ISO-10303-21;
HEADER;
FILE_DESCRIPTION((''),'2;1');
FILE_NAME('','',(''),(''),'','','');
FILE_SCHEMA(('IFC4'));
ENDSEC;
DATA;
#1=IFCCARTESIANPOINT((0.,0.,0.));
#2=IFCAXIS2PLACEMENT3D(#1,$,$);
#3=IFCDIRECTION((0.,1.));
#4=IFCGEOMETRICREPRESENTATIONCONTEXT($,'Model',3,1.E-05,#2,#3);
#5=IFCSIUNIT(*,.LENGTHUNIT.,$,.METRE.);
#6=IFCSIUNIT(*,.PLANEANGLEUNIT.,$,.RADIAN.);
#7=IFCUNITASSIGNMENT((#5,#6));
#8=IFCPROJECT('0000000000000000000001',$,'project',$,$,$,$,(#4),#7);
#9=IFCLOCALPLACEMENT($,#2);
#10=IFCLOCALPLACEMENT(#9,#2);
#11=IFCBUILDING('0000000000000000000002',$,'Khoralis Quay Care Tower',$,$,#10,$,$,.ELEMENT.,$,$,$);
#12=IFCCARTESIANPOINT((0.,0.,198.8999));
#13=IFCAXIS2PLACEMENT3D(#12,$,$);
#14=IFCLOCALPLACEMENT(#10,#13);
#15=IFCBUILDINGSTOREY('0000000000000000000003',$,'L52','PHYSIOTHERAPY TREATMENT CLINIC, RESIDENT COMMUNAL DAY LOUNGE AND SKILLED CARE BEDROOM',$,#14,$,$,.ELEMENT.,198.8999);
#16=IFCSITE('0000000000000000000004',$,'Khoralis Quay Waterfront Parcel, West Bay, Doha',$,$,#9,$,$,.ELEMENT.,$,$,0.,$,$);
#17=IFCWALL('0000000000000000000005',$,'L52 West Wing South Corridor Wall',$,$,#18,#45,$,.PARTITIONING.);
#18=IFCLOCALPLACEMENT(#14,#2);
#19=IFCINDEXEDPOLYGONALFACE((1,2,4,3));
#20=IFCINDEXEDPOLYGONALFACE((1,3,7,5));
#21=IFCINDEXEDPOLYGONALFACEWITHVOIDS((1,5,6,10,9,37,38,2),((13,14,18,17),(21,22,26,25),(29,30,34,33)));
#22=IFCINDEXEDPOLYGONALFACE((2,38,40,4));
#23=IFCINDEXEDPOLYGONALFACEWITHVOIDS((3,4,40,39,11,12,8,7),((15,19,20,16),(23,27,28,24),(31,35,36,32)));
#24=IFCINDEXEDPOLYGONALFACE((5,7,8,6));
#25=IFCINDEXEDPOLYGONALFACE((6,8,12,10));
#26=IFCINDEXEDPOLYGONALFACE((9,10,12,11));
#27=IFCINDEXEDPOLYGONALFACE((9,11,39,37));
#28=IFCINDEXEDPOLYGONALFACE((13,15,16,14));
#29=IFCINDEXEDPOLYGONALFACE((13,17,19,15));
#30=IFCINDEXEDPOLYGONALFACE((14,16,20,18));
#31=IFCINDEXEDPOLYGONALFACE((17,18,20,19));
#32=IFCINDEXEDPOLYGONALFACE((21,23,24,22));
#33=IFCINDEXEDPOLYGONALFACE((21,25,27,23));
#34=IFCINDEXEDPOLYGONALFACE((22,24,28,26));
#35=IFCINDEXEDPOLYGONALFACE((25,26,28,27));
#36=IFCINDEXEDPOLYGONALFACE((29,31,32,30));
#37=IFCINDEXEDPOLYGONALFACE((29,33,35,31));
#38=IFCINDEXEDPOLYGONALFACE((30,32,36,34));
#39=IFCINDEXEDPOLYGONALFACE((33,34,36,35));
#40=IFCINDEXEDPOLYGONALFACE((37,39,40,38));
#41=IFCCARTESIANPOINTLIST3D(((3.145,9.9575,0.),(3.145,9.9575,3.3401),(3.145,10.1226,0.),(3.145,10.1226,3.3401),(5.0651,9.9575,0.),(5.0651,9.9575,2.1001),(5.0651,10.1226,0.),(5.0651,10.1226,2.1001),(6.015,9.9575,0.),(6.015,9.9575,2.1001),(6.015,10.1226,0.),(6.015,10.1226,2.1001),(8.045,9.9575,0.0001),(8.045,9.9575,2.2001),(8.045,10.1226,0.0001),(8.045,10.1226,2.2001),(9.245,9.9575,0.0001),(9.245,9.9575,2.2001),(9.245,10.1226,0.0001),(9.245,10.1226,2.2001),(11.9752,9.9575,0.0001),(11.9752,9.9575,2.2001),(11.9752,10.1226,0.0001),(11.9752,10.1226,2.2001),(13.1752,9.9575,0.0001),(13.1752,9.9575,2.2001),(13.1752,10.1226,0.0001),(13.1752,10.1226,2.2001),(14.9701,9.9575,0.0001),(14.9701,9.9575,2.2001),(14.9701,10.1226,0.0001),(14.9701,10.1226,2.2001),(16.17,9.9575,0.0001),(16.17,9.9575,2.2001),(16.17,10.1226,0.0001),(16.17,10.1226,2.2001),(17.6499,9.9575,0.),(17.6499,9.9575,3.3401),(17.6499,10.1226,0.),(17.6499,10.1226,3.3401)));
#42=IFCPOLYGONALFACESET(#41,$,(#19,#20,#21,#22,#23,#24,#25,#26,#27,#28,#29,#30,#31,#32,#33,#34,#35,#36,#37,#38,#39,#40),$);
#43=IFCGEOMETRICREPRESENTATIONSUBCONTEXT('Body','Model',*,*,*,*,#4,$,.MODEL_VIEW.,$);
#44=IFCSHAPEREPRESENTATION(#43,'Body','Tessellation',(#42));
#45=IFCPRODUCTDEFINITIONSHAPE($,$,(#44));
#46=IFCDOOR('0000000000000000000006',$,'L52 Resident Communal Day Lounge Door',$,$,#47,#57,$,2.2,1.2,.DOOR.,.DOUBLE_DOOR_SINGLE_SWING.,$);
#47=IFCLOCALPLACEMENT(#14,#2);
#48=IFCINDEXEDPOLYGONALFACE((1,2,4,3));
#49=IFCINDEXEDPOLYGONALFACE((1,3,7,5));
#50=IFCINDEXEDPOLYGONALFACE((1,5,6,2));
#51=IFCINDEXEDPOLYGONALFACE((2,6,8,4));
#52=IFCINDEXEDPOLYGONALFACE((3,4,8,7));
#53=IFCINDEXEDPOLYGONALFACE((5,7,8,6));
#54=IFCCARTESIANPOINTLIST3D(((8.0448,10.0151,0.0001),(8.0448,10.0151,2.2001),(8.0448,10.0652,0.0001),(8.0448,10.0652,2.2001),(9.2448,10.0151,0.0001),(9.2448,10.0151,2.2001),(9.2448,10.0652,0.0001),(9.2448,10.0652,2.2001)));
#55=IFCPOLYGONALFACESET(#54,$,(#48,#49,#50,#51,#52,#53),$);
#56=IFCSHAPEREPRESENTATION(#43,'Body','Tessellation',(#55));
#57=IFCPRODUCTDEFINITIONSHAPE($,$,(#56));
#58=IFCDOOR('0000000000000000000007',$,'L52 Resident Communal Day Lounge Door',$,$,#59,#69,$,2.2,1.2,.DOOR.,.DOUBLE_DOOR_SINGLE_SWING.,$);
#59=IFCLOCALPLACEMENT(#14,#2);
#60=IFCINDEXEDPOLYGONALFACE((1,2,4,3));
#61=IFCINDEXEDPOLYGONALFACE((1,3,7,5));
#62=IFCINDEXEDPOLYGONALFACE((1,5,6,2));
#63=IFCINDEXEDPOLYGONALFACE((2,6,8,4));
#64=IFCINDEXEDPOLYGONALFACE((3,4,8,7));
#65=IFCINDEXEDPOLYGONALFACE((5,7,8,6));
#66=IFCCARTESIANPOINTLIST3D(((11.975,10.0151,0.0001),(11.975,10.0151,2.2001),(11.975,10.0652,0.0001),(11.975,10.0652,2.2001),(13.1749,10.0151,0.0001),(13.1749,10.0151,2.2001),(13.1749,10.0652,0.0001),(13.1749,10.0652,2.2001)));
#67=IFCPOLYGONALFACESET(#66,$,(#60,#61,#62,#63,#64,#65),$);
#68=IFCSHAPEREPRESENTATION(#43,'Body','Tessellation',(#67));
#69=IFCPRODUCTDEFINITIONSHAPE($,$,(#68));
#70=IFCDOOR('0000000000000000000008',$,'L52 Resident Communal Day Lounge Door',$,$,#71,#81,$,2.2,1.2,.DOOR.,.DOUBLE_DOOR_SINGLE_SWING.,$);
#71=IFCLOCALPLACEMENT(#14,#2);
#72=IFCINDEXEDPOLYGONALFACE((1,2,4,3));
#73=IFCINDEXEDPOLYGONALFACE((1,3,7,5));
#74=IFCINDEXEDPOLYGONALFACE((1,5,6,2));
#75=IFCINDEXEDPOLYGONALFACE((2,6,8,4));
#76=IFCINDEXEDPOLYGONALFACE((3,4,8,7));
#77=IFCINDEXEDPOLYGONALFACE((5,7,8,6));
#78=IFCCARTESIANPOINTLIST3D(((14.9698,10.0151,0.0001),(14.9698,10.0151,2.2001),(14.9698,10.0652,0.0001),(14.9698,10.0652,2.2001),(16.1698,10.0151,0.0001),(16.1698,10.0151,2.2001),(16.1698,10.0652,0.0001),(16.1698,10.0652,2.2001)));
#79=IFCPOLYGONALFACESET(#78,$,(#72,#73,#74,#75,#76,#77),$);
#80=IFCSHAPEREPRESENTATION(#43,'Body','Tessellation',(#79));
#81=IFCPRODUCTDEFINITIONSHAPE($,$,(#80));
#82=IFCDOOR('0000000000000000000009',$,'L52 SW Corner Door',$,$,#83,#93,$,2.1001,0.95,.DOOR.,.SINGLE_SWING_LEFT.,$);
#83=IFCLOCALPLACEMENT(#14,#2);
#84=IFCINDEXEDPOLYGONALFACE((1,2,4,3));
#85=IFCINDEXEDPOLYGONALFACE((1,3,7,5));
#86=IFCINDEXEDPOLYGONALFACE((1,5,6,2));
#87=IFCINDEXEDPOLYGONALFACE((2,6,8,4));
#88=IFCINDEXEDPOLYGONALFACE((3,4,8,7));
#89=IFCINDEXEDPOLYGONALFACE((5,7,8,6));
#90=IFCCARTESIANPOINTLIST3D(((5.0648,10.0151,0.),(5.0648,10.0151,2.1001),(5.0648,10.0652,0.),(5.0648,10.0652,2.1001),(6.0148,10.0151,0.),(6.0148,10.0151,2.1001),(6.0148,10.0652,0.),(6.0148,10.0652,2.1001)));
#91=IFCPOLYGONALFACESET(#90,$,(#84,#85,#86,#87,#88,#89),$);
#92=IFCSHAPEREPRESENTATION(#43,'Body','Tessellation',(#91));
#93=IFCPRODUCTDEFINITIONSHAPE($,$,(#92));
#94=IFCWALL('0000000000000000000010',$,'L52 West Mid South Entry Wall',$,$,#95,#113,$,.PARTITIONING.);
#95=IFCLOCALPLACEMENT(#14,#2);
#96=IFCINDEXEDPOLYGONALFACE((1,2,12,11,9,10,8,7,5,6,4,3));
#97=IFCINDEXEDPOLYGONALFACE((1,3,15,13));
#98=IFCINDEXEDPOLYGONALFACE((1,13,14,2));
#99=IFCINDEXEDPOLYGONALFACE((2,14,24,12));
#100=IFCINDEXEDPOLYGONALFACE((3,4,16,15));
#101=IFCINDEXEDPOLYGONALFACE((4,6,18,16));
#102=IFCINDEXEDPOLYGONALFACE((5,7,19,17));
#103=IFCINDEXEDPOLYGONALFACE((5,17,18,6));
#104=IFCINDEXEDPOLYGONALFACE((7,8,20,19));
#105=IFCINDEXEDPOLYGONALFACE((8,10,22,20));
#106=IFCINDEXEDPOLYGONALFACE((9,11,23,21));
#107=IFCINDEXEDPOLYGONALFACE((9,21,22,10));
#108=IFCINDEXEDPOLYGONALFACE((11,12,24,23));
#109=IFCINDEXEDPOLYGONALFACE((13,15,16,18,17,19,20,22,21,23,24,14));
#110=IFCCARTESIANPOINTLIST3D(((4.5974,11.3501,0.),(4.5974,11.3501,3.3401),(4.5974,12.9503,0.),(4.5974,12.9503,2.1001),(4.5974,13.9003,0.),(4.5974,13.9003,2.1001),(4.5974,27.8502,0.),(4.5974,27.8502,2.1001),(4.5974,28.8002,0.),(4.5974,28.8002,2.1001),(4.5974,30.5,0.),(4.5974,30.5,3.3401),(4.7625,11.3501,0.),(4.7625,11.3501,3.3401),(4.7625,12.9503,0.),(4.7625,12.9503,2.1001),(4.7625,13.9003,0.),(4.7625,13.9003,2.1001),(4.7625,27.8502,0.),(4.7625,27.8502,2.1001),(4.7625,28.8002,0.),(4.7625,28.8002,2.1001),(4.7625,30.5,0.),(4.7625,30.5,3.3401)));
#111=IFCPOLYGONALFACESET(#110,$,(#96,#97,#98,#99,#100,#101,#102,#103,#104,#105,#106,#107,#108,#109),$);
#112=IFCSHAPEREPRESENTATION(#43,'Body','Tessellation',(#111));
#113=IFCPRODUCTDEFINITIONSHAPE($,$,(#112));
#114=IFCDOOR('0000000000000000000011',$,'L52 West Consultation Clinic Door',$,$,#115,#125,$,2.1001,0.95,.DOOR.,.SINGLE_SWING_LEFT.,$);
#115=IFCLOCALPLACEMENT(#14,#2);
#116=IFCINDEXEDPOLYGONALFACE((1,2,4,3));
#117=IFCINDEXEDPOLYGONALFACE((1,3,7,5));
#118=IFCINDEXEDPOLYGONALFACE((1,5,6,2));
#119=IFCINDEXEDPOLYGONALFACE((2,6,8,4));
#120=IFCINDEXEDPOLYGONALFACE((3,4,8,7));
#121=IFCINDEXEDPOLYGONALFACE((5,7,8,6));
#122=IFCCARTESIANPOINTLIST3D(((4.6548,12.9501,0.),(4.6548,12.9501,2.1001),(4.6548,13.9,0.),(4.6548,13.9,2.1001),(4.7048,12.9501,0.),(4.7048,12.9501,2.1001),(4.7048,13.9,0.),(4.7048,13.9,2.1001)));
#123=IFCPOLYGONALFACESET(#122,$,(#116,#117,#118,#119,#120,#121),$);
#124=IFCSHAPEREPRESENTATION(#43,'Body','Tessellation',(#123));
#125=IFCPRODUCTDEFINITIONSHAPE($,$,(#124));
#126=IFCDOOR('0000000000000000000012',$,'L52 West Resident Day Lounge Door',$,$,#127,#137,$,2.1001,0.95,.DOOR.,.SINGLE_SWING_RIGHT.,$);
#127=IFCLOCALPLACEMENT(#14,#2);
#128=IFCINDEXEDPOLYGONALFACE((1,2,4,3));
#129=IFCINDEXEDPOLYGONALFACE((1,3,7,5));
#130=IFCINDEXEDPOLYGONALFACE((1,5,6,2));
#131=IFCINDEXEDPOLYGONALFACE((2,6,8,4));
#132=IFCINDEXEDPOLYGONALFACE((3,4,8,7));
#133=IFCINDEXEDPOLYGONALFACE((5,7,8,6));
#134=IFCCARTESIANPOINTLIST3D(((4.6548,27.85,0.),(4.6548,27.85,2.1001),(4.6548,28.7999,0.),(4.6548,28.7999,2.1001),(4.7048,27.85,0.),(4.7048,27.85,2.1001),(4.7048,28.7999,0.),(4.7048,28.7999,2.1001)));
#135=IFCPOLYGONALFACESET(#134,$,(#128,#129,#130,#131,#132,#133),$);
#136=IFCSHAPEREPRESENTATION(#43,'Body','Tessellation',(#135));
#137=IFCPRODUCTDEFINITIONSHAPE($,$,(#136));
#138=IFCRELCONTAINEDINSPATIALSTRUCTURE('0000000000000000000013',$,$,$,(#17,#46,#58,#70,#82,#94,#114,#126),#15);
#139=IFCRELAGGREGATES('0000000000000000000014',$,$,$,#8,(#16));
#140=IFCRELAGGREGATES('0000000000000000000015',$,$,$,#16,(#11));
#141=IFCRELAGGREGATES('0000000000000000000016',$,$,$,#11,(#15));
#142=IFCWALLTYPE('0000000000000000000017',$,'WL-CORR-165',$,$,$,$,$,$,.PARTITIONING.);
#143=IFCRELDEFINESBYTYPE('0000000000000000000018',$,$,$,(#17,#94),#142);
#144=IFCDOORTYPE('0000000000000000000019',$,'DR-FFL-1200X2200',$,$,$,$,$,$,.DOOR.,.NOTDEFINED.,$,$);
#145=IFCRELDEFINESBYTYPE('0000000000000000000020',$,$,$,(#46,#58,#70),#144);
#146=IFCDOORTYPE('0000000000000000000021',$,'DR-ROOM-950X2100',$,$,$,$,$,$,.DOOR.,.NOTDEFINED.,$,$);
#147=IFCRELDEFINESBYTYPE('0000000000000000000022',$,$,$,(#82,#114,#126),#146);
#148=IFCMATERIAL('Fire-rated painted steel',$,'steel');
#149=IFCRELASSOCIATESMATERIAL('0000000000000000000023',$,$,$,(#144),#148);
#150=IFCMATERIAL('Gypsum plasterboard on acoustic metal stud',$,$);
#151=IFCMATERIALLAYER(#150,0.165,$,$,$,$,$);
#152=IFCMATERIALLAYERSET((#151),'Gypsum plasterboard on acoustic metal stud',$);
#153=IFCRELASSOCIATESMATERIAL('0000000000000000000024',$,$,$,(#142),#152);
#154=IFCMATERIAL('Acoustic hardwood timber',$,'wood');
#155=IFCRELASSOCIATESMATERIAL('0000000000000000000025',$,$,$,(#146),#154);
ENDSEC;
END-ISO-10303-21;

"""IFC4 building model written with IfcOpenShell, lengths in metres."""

from ifc_helpers import new_model, si_unit, direction, frame, frame_2d, origin, place, context, subcontext, project, spatial, rectangle, extrude, source, transform, mapped, material, layer, layer_set, type_object, element, fill, save


model = new_model("IFC4")

# Units and contexts
model_context = context("Model", 3, precision=1e-05, world=origin(), true_north=direction((0.0, 1.0)))
body_context = subcontext(model_context, "Body", "Model", "MODEL_VIEW")
ifc_project = project(units=[si_unit("LENGTHUNIT", "METRE"), si_unit("PLANEANGLEUNIT", "RADIAN")], contexts=[model_context])

# Site, building, storey
site_placement = place(None, origin())
site = spatial("IfcSite", under=ifc_project, at=site_placement, Name="Khoralis Quay Waterfront Parcel, West Bay, Doha", CompositionType="ELEMENT", RefElevation=0.0)
building_placement = place(site_placement, origin())
building = spatial("IfcBuilding", under=site, at=building_placement, Name="Khoralis Quay Care Tower", CompositionType="ELEMENT")
storey_placement = place(building_placement, frame((0.0, 0.0, 198.8999)))
storey = spatial("IfcBuildingStorey", under=building, at=storey_placement, Name="L52", Description="PHYSIOTHERAPY TREATMENT CLINIC, RESIDENT COMMUNAL DAY LOUNGE AND SKILLED CARE BEDROOM", CompositionType="ELEMENT", Elevation=198.8999)

# Shared definitions
ifc_material_1 = material(Name="Gypsum plasterboard on acoustic metal stud")
ifc_material_2 = material(Name="Fire-rated painted steel", Category="steel")
door_type_1 = type_object("IfcDoorType", Name="DR-FFL-1200X2200", OperationType="NOTDEFINED", PredefinedType="DOOR", material=ifc_material_2)
shared_shape_1 = source(origin(), body_context, "Body", "SweptSolid", [
    extrude(rectangle(XDim=1.2, YDim=2.2, at=frame_2d((0.6001, 1.1001))), frame((0.0, 0.0249, 0.0), z_axis=(0.0, -1.0, 0.0), x_axis=(1.0, 0.0, 0.0)), (0.0, 0.0, 1.0), 0.05),
])

# Walls, openings, doors
ifc_layer_1 = layer(ifc_material_1, 0.165)
ifc_layer_set_1 = layer_set([ifc_layer_1], Name="Gypsum plasterboard on acoustic metal stud")
wall_type_1 = type_object("IfcWallType", Name="WL-CORR-165", PredefinedType="PARTITIONING", material=ifc_layer_set_1)
wall_1_placement = place(storey_placement, frame((3.145, 10.04, 0.0), z_axis=(0.0, 0.0, 1.0), x_axis=(1.0, 0.0, 0.0)))
wall_1 = element("IfcWall", 1, at=wall_1_placement, inside=storey, type_object=wall_type_1, Name="L52 West Wing South Corridor Wall", PredefinedType="PARTITIONING", context=body_context, shape_type="SweptSolid", body=[
    extrude(rectangle(XDim=14.5049, YDim=0.165, at=frame_2d((7.2524, 0.0))), origin(), (0.0, 0.0, 1.0), 3.3401),
])
opening_1_placement = place(wall_1_placement, frame((4.8999, 0.0, 0.0)))
opening_1 = element("IfcOpeningElement", 2, at=opening_1_placement, cuts=wall_1, PredefinedType="OPENING", context=body_context, shape_type="SweptSolid", body=[
    extrude(rectangle(XDim=1.2, YDim=2.2, at=frame_2d((0.6001, 1.1001))), frame((0.0, 0.0925, 0.0), z_axis=(0.0, -1.0, 0.0), x_axis=(1.0, 0.0, 0.0)), (0.0, 0.0, 1.0), 0.1851),
])
opening_2_placement = place(wall_1_placement, frame((8.8301, 0.0, 0.0)))
opening_2 = element("IfcOpeningElement", 3, at=opening_2_placement, cuts=wall_1, PredefinedType="OPENING", context=body_context, shape_type="SweptSolid", body=[
    extrude(rectangle(XDim=1.2, YDim=2.2, at=frame_2d((0.6001, 1.1001))), frame((0.0, 0.0925, 0.0), z_axis=(0.0, -1.0, 0.0), x_axis=(1.0, 0.0, 0.0)), (0.0, 0.0, 1.0), 0.1851),
])
opening_3_placement = place(wall_1_placement, frame((11.825, 0.0, 0.0)))
opening_3 = element("IfcOpeningElement", 4, at=opening_3_placement, cuts=wall_1, PredefinedType="OPENING", context=body_context, shape_type="SweptSolid", body=[
    extrude(rectangle(XDim=1.2, YDim=2.2, at=frame_2d((0.6001, 1.1001))), frame((0.0, 0.0925, 0.0), z_axis=(0.0, -1.0, 0.0), x_axis=(1.0, 0.0, 0.0)), (0.0, 0.0, 1.0), 0.1851),
])
opening_4_placement = place(wall_1_placement, frame((1.9199, 0.0, 0.0)))
opening_4 = element("IfcOpeningElement", 5, at=opening_4_placement, cuts=wall_1, PredefinedType="OPENING", context=body_context, shape_type="SweptSolid", body=[
    extrude(rectangle(XDim=0.95, YDim=2.1001, at=frame_2d((0.4751, 1.05))), frame((0.0, 0.0925, 0.0), z_axis=(0.0, -1.0, 0.0), x_axis=(1.0, 0.0, 0.0)), (0.0, 0.0, 1.0), 0.1851),
])
door_1_placement = place(opening_1_placement, frame((1.2, 0.0, 0.0), z_axis=(0.0, 0.0, 1.0), x_axis=(-1.0, 0.0, 0.0)))
door_1 = element("IfcDoor", 6, at=door_1_placement, inside=storey, type_object=door_type_1, Name="L52 Resident Communal Day Lounge Door", OperationType="DOUBLE_DOOR_SINGLE_SWING", OverallHeight=2.2, OverallWidth=1.2, PredefinedType="DOOR", context=body_context, shape_type="MappedRepresentation", body=[
    mapped(shared_shape_1, transform((0.0, 0.0, 0.0), scale=1.0)),
])
fill(opening_1, door_1)
door_2_placement = place(opening_2_placement, frame((1.2, 0.0, 0.0), z_axis=(0.0, 0.0, 1.0), x_axis=(-1.0, 0.0, 0.0)))
door_2 = element("IfcDoor", 7, at=door_2_placement, inside=storey, type_object=door_type_1, Name="L52 Resident Communal Day Lounge Door", OperationType="DOUBLE_DOOR_SINGLE_SWING", OverallHeight=2.2, OverallWidth=1.2, PredefinedType="DOOR", context=body_context, shape_type="MappedRepresentation", body=[
    mapped(shared_shape_1, transform((0.0, 0.0, 0.0), scale=1.0)),
])
fill(opening_2, door_2)
door_3_placement = place(opening_3_placement, frame((1.2, 0.0, 0.0), z_axis=(0.0, 0.0, 1.0), x_axis=(-1.0, 0.0, 0.0)))
door_3 = element("IfcDoor", 8, at=door_3_placement, inside=storey, type_object=door_type_1, Name="L52 Resident Communal Day Lounge Door", OperationType="DOUBLE_DOOR_SINGLE_SWING", OverallHeight=2.2, OverallWidth=1.2, PredefinedType="DOOR", context=body_context, shape_type="MappedRepresentation", body=[
    mapped(shared_shape_1, transform((0.0, 0.0, 0.0), scale=1.0)),
])
fill(opening_3, door_3)
ifc_material_3 = material(Name="Acoustic hardwood timber", Category="wood")
door_type_2 = type_object("IfcDoorType", Name="DR-ROOM-950X2100", OperationType="NOTDEFINED", PredefinedType="DOOR", material=ifc_material_3)
shared_shape_2 = source(origin(), body_context, "Body", "SweptSolid", [
    extrude(rectangle(XDim=0.95, YDim=2.1001, at=frame_2d((0.4751, 1.05))), frame((0.0, 0.0249, 0.0), z_axis=(0.0, -1.0, 0.0), x_axis=(1.0, 0.0, 0.0)), (0.0, 0.0, 1.0), 0.05),
])
door_4_placement = place(opening_4_placement, frame((0.95, 0.0, 0.0), z_axis=(0.0, 0.0, 1.0), x_axis=(-1.0, 0.0, 0.0)))
door_4 = element("IfcDoor", 9, at=door_4_placement, inside=storey, type_object=door_type_2, Name="L52 SW Corner Door", OperationType="SINGLE_SWING_LEFT", OverallHeight=2.1001, OverallWidth=0.95, PredefinedType="DOOR", context=body_context, shape_type="MappedRepresentation", body=[
    mapped(shared_shape_2, transform((0.0, 0.0, 0.0), scale=1.0)),
])
fill(opening_4, door_4)
wall_2_placement = place(storey_placement, frame((4.6799, 11.3501, 0.0), z_axis=(0.0, 0.0, 1.0), x_axis=(0.0, 1.0, 0.0)))
wall_2 = element("IfcWall", 10, at=wall_2_placement, inside=storey, type_object=wall_type_1, Name="L52 West Mid South Entry Wall", PredefinedType="PARTITIONING", context=body_context, shape_type="SweptSolid", body=[
    extrude(rectangle(XDim=19.1499, YDim=0.165, at=frame_2d((9.575, 0.0))), origin(), (0.0, 0.0, 1.0), 3.3401),
])
opening_5_placement = place(wall_2_placement, frame((1.6001, 0.0, 0.0)))
opening_5 = element("IfcOpeningElement", 11, at=opening_5_placement, cuts=wall_2, PredefinedType="OPENING", context=body_context, shape_type="SweptSolid", body=[
    extrude(rectangle(XDim=0.95, YDim=2.1001, at=frame_2d((0.4751, 1.05))), frame((0.0, 0.0925, 0.0), z_axis=(0.0, -1.0, 0.0), x_axis=(1.0, 0.0, 0.0)), (0.0, 0.0, 1.0), 0.1851),
])
opening_6_placement = place(wall_2_placement, frame((16.5, 0.0, 0.0)))
opening_6 = element("IfcOpeningElement", 12, at=opening_6_placement, cuts=wall_2, PredefinedType="OPENING", context=body_context, shape_type="SweptSolid", body=[
    extrude(rectangle(XDim=0.95, YDim=2.1001, at=frame_2d((0.4751, 1.05))), frame((0.0, 0.0925, 0.0), z_axis=(0.0, -1.0, 0.0), x_axis=(1.0, 0.0, 0.0)), (0.0, 0.0, 1.0), 0.1851),
])
door_5_placement = place(opening_5_placement, frame((0.95, 0.0, 0.0), z_axis=(0.0, 0.0, 1.0), x_axis=(-1.0, 0.0, 0.0)))
door_5 = element("IfcDoor", 13, at=door_5_placement, inside=storey, type_object=door_type_2, Name="L52 West Consultation Clinic Door", OperationType="SINGLE_SWING_LEFT", OverallHeight=2.1001, OverallWidth=0.95, PredefinedType="DOOR", context=body_context, shape_type="MappedRepresentation", body=[
    mapped(shared_shape_2, transform((0.0, 0.0, 0.0), scale=1.0)),
])
fill(opening_5, door_5)
door_6_placement = place(opening_6_placement, frame((0.95, 0.0, 0.0), z_axis=(0.0, 0.0, 1.0), x_axis=(-1.0, 0.0, 0.0)))
door_6 = element("IfcDoor", 14, at=door_6_placement, inside=storey, type_object=door_type_2, Name="L52 West Resident Day Lounge Door", OperationType="SINGLE_SWING_RIGHT", OverallHeight=2.1001, OverallWidth=0.95, PredefinedType="DOOR", context=body_context, shape_type="MappedRepresentation", body=[
    mapped(shared_shape_2, transform((0.0, 0.0, 0.0), scale=1.0)),
])
fill(opening_6, door_6)

save(model, "model.ifc")
